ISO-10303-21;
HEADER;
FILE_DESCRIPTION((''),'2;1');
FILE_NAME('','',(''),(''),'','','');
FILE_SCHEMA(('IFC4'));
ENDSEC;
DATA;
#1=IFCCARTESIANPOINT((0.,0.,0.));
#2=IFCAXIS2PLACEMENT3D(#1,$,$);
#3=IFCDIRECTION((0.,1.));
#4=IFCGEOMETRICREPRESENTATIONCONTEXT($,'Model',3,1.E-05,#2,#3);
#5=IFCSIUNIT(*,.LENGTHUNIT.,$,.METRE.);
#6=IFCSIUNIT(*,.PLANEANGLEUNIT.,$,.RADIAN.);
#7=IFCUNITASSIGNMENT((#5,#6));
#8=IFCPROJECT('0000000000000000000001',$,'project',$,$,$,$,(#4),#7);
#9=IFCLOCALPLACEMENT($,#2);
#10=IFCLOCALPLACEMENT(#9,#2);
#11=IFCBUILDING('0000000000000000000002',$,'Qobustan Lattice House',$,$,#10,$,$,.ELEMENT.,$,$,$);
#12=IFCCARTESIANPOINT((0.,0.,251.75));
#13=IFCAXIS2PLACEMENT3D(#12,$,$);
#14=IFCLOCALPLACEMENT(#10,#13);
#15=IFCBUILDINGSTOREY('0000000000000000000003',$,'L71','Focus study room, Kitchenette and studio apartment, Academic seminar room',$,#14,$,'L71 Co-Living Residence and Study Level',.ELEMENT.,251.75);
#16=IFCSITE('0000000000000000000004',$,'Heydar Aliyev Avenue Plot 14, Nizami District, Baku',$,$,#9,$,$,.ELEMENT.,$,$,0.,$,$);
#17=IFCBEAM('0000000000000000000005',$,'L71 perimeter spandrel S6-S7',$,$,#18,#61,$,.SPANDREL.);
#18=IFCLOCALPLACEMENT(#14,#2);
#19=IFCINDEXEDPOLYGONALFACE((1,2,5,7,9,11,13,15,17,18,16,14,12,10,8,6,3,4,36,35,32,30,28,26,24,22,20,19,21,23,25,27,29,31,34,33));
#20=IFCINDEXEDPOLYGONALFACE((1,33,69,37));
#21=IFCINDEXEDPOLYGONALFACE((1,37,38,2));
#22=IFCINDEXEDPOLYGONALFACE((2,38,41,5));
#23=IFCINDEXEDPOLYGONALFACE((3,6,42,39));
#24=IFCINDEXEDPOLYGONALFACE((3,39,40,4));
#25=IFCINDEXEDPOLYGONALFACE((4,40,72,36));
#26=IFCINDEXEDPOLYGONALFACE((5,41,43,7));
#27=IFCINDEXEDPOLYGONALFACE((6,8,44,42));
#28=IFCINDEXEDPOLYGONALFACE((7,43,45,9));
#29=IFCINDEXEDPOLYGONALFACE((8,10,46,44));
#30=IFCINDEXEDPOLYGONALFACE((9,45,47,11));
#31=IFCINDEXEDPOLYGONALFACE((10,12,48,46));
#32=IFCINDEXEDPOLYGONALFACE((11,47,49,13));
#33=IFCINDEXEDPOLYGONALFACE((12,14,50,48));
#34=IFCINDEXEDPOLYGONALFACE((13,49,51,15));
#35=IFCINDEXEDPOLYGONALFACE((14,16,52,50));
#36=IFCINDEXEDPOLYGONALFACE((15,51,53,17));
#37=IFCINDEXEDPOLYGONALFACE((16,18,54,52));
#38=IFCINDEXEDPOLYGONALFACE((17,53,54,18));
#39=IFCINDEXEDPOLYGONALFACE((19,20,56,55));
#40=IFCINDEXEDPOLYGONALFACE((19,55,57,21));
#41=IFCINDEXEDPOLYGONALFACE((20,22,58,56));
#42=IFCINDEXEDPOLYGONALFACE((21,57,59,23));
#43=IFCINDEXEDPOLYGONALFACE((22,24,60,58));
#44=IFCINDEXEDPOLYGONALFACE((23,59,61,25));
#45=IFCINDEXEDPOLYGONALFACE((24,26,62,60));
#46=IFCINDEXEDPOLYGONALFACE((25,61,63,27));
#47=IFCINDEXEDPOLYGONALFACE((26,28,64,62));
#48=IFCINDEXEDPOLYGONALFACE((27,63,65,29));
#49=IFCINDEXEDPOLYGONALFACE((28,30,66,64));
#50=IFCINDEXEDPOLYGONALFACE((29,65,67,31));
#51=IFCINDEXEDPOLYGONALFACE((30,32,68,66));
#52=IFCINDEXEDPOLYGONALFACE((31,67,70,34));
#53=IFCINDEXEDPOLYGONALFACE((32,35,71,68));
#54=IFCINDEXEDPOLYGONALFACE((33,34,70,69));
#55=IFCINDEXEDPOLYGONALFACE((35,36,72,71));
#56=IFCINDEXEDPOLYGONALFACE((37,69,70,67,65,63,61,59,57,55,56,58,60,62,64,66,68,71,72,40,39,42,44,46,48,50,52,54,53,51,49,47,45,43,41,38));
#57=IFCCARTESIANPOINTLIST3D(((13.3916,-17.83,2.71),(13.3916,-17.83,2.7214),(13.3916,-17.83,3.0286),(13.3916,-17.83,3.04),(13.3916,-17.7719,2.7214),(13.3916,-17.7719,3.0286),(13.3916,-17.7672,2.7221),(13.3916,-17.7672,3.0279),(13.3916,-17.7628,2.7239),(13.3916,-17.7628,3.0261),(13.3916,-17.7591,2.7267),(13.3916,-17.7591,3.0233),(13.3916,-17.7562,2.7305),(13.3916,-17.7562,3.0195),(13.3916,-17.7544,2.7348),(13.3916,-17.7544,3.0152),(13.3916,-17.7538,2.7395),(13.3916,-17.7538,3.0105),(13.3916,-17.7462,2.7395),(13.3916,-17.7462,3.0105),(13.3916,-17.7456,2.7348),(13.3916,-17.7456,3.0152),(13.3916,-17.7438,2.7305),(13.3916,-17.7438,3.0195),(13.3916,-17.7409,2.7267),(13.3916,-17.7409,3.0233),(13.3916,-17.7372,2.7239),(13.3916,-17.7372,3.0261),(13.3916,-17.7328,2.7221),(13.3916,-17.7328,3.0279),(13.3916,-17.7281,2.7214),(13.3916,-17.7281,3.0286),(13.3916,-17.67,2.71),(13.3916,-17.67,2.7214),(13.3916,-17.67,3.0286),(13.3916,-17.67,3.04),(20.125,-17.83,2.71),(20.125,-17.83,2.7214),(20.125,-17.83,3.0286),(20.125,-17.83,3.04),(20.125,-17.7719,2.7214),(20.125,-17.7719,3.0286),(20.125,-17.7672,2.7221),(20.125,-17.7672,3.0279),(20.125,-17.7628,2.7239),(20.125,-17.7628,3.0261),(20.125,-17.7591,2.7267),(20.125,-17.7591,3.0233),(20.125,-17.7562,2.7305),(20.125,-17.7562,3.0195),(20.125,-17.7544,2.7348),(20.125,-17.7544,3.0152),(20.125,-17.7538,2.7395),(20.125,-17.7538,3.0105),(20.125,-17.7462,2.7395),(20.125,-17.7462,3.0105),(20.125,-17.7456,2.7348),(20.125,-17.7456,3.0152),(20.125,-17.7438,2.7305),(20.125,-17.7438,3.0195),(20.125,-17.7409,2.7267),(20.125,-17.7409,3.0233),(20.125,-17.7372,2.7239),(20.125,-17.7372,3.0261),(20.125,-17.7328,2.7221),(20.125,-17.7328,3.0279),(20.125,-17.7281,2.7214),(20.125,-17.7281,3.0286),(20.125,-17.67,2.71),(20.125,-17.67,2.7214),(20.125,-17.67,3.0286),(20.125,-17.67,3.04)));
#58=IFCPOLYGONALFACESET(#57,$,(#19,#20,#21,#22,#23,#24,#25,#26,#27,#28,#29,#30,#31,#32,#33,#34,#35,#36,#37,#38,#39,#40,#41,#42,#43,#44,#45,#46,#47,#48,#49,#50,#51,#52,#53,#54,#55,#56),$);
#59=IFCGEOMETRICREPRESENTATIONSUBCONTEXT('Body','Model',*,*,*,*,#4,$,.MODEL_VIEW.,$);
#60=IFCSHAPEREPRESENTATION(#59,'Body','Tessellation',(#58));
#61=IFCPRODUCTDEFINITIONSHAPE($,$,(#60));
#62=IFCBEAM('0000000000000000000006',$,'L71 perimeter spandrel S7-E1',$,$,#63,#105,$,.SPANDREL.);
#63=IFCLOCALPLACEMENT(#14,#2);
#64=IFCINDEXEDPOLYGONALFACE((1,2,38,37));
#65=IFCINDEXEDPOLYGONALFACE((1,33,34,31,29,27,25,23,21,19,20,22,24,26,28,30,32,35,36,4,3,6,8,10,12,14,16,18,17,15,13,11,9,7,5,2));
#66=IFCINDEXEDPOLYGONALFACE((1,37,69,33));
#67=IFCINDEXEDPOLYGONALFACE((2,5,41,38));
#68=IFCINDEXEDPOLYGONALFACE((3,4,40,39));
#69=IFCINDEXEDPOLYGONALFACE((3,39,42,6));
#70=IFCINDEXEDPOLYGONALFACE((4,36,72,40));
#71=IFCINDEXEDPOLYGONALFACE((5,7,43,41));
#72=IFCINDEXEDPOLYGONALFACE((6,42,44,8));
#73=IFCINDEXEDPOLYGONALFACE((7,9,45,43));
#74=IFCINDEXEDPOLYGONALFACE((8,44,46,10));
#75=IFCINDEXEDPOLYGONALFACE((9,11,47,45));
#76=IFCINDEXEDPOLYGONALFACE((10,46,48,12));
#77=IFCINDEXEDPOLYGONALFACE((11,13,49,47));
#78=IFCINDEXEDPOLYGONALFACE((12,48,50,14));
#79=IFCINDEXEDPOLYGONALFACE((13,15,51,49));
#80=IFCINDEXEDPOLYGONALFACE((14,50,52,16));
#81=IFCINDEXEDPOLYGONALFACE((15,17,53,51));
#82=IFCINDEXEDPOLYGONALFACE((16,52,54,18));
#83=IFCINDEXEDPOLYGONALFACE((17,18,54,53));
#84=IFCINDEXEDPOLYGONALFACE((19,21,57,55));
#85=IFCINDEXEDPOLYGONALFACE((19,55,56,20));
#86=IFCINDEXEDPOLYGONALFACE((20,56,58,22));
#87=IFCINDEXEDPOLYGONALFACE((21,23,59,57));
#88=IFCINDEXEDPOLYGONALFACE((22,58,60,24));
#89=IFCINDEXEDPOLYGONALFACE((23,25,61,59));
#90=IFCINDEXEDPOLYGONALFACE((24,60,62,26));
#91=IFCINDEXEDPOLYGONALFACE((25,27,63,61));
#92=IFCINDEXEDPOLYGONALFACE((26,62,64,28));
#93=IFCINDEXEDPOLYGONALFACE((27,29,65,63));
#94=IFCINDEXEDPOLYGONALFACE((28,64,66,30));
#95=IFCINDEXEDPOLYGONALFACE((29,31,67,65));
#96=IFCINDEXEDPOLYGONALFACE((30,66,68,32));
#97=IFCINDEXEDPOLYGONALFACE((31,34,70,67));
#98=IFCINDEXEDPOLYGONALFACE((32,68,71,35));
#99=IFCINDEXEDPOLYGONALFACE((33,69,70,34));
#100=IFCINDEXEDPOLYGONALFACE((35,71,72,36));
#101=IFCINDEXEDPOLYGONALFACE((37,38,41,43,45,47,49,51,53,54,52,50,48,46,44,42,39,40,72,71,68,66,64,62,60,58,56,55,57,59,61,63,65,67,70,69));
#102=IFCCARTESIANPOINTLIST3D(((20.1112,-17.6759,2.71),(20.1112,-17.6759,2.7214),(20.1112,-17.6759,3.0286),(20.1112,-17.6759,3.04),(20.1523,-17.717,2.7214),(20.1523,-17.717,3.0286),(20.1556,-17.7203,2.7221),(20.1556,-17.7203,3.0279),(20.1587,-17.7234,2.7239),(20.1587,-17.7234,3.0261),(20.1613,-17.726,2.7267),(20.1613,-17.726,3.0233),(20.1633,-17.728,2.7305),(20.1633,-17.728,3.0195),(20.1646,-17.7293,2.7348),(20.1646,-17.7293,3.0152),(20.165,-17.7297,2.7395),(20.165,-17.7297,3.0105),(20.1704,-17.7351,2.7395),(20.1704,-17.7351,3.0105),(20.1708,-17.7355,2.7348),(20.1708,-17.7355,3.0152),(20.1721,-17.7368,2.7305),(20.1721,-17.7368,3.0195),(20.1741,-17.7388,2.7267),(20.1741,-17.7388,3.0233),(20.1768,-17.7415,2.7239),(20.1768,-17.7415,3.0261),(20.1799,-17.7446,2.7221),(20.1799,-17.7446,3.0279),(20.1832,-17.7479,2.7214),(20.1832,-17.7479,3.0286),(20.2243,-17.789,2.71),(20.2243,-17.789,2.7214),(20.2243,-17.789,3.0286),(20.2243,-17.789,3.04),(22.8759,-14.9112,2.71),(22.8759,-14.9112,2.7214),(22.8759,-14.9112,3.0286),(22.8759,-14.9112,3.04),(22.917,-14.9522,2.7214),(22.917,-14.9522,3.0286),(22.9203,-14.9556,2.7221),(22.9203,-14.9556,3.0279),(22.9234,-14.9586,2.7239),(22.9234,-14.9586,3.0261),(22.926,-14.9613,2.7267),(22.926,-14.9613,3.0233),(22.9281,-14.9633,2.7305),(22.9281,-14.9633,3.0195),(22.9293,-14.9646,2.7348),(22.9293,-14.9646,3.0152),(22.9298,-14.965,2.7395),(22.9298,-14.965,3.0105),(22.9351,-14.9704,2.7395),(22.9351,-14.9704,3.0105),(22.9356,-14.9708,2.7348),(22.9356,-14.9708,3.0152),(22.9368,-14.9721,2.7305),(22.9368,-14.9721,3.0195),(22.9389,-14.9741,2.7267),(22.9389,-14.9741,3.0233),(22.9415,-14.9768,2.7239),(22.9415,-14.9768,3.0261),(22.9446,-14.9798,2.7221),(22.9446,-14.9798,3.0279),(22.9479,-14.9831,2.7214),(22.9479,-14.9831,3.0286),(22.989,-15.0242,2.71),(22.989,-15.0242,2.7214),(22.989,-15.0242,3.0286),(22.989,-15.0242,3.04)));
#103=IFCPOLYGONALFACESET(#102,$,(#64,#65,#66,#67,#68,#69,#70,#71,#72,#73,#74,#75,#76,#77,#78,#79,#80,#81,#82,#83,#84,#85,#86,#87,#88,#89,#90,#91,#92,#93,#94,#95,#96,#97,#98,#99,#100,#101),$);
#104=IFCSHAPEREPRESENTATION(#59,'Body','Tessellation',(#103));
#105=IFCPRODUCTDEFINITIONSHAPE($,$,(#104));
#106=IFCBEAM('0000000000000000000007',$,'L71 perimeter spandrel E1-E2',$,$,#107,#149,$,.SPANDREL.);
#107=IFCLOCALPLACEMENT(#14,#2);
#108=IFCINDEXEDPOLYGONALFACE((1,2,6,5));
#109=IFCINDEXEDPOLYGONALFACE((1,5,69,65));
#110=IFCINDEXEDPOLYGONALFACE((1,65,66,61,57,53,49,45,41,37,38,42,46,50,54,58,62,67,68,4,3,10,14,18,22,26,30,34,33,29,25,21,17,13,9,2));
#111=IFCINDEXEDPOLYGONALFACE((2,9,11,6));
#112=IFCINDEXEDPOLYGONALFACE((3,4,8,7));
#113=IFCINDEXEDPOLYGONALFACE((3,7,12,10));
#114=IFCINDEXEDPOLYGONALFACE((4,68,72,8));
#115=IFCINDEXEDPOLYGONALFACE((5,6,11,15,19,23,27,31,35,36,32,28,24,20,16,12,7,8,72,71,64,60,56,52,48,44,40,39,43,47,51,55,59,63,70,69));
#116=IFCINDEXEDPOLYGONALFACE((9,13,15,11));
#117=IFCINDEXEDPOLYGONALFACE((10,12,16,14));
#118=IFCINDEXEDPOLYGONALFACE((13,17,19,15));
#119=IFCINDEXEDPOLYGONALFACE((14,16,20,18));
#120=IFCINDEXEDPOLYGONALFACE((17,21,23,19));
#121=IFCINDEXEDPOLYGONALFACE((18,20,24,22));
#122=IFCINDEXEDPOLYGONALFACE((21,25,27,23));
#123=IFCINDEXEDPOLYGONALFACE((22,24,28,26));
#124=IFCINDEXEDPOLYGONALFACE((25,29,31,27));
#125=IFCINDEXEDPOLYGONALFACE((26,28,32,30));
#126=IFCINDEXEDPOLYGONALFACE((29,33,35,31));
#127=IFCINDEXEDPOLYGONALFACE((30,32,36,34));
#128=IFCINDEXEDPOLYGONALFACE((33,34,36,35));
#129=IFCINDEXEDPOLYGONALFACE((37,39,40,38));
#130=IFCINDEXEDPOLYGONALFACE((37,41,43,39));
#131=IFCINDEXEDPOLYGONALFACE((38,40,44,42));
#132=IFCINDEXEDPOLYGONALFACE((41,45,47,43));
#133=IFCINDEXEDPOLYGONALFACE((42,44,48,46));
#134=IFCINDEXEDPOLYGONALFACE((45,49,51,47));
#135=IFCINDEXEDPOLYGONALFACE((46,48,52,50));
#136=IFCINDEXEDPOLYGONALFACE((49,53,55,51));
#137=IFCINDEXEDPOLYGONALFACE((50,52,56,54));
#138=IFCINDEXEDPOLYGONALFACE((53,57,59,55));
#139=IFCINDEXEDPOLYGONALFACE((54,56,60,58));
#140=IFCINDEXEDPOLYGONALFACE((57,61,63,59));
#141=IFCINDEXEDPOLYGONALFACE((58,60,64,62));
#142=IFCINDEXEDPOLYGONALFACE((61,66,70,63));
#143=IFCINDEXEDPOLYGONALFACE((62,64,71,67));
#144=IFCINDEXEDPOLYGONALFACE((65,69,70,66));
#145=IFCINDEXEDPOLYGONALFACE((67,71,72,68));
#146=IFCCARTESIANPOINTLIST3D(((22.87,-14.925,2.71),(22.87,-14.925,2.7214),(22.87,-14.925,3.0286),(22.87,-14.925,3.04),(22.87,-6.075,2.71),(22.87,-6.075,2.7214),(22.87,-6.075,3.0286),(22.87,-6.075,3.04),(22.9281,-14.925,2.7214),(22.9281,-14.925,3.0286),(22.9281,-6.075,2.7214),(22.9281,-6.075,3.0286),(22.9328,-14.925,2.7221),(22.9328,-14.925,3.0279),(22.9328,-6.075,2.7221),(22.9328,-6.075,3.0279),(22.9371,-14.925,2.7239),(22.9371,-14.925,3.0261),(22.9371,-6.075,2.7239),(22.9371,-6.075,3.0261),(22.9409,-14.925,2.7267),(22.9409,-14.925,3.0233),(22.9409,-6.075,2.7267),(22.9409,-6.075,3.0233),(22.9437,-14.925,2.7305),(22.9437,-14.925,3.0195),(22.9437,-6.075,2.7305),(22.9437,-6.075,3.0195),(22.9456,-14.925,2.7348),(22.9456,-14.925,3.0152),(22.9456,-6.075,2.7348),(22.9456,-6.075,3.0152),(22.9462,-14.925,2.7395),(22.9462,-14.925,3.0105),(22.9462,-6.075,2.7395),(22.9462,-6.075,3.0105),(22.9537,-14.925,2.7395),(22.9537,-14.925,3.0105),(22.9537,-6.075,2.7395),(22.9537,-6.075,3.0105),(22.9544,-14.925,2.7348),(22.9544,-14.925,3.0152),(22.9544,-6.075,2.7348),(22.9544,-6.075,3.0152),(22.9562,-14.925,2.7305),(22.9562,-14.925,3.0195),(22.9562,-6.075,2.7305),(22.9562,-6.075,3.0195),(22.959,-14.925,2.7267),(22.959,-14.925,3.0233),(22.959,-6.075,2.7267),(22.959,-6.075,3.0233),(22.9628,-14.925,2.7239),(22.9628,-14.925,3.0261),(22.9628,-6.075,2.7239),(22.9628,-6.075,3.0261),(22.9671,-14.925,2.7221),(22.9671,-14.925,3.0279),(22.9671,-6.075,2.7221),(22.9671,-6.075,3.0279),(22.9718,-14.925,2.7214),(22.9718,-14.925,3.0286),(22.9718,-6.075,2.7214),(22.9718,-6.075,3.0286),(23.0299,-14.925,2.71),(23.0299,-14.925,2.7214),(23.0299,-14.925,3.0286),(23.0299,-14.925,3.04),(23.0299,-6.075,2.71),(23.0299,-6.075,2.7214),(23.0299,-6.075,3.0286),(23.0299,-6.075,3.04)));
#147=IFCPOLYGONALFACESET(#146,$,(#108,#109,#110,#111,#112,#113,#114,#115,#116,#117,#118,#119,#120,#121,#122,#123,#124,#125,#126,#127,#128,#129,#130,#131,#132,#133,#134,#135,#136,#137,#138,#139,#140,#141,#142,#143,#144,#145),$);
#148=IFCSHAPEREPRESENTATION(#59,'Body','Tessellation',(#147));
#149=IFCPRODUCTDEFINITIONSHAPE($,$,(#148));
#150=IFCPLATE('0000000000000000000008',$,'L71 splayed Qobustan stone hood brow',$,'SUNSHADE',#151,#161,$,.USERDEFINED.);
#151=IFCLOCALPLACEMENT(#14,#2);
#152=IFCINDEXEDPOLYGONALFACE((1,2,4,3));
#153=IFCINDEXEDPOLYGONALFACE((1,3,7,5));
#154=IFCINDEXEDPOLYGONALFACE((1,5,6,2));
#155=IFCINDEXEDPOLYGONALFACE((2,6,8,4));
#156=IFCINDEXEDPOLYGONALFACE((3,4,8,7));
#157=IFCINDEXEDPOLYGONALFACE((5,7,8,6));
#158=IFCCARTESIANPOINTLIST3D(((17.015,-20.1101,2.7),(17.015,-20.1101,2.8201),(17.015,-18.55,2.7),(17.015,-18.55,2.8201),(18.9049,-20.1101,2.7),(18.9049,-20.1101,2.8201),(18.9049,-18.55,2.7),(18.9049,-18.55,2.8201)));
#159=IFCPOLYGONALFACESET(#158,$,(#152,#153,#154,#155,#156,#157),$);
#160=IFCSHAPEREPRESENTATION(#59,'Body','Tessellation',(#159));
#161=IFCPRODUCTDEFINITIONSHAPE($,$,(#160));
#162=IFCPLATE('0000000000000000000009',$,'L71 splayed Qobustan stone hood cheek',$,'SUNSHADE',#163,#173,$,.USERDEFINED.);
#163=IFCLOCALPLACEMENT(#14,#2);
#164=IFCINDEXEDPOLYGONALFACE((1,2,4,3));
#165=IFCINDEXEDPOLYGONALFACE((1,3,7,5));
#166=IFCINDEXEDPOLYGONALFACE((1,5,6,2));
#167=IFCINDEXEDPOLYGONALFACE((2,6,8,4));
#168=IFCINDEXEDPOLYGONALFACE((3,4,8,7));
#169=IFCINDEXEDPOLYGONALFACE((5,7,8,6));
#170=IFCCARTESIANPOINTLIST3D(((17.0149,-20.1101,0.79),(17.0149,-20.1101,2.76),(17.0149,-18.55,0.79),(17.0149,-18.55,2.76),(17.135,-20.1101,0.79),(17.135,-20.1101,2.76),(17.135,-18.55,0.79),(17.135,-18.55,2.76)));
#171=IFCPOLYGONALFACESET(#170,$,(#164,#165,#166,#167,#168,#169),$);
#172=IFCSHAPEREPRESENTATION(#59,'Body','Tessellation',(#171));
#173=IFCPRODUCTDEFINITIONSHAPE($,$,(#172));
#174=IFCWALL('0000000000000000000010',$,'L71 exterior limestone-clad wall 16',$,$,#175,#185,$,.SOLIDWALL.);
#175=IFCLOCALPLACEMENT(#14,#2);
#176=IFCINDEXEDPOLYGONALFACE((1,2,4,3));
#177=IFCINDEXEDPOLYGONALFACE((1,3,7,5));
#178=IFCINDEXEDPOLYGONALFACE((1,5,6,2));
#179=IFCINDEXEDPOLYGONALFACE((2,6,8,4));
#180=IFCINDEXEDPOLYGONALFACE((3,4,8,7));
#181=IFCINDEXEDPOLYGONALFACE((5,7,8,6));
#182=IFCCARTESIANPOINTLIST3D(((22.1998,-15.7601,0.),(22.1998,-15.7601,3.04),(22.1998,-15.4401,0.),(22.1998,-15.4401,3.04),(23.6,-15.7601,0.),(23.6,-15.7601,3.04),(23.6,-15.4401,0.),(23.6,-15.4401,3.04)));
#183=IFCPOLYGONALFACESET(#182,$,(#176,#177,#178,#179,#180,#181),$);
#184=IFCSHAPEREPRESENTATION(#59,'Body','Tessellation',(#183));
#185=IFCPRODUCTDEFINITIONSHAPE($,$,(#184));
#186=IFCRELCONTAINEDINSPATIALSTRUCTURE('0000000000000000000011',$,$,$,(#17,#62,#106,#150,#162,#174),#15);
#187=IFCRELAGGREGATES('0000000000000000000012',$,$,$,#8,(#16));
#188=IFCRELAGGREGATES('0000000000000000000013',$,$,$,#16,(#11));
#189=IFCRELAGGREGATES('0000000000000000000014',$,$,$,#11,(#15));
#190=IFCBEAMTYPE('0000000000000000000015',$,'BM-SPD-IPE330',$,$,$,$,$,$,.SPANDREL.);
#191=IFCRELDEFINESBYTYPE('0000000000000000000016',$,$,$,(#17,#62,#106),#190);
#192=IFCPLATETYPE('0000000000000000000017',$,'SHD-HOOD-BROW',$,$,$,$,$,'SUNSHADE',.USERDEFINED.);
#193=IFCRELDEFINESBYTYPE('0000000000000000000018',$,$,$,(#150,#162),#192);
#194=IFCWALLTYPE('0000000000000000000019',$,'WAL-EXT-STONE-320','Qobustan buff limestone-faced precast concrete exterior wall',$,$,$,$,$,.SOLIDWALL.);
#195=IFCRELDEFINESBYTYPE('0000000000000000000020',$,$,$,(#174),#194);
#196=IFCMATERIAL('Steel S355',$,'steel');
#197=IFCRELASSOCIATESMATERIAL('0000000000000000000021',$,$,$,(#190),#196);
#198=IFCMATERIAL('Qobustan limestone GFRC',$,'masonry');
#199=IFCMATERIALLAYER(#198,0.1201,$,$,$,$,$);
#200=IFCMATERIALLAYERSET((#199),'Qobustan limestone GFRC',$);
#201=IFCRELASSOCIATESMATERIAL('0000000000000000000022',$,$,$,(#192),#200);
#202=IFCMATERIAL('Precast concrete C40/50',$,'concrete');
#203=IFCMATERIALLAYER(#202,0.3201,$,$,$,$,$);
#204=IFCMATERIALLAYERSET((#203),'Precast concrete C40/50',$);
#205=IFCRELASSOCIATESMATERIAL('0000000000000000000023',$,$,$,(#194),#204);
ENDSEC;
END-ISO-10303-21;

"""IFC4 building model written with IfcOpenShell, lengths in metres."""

from ifc_helpers import new_model, si_unit, direction, frame, frame_2d, origin, origin_2d, place, context, subcontext, project, spatial, rectangle, i_section, extrude, material, layer, layer_set, material_profile, profile_set, type_object, element, save


model = new_model("IFC4")

# Units and contexts
model_context = context("Model", 3, precision=1e-05, world=origin(), true_north=direction((0.0, 1.0)))
body_context = subcontext(model_context, "Body", "Model", "MODEL_VIEW")
ifc_project = project(units=[si_unit("LENGTHUNIT", "METRE"), si_unit("PLANEANGLEUNIT", "RADIAN")], contexts=[model_context])

# Site, building, storey
site_placement = place(None, origin())
site = spatial("IfcSite", under=ifc_project, at=site_placement, Name="Heydar Aliyev Avenue Plot 14, Nizami District, Baku", CompositionType="ELEMENT", RefElevation=0.0)
building_placement = place(site_placement, origin())
building = spatial("IfcBuilding", under=site, at=building_placement, Name="Qobustan Lattice House", CompositionType="ELEMENT")
storey_placement = place(building_placement, frame((0.0, 0.0, 251.75)))
storey = spatial("IfcBuildingStorey", under=building, at=storey_placement, Name="L71", Description="Focus study room, Kitchenette and studio apartment, Academic seminar room", LongName="L71 Co-Living Residence and Study Level", CompositionType="ELEMENT", Elevation=251.75)

# Beams
ifc_material_1 = material(Name="Steel S355", Category="steel")
ifc_material_profile_1 = material_profile(ifc_material_1, i_section(OverallWidth=0.1599, OverallDepth=0.3301, WebThickness=0.0076, FlangeThickness=0.0115, FilletRadius=0.0181, at=origin_2d()), Name="IPE330")
ifc_profile_set_1 = profile_set([ifc_material_profile_1], Name="Steel S355")
beam_type_1 = type_object("IfcBeamType", Name="BM-SPD-IPE330", PredefinedType="SPANDREL", material=ifc_profile_set_1)
beam_1_placement = place(storey_placement, frame((13.3916, -17.75, 2.875), z_axis=(1.0, 0.0, 0.0), x_axis=(0.0, 1.0, 0.0)))
element("IfcBeam", 1, at=beam_1_placement, inside=storey, type_object=beam_type_1, Name="L71 perimeter spandrel S6-S7", PredefinedType="SPANDREL", context=body_context, shape_type="SweptSolid", body=[
    extrude(i_section(OverallWidth=0.1599, OverallDepth=0.3301, WebThickness=0.0076, FlangeThickness=0.0115, FilletRadius=0.0181, at=origin_2d()), origin(), (0.0, 0.0, 1.0), 6.7334),
])
beam_2_placement = place(storey_placement, frame((20.1677, -17.7324, 2.875), z_axis=(0.707107, 0.707107, 0.0), x_axis=(-0.707107, 0.707107, 0.0)))
element("IfcBeam", 2, at=beam_2_placement, inside=storey, type_object=beam_type_1, Name="L71 perimeter spandrel S7-E1", PredefinedType="SPANDREL", context=body_context, shape_type="SweptSolid", body=[
    extrude(i_section(OverallWidth=0.1599, OverallDepth=0.3301, WebThickness=0.0076, FlangeThickness=0.0115, FilletRadius=0.0181, at=origin_2d()), origin(), (0.0, 0.0, 1.0), 3.9099),
])
beam_3_placement = place(storey_placement, frame((22.95, -14.925, 2.875), z_axis=(0.0, 1.0, 0.0), x_axis=(-1.0, 0.0, 0.0)))
element("IfcBeam", 3, at=beam_3_placement, inside=storey, type_object=beam_type_1, Name="L71 perimeter spandrel E1-E2", PredefinedType="SPANDREL", context=body_context, shape_type="SweptSolid", body=[
    extrude(i_section(OverallWidth=0.1599, OverallDepth=0.3301, WebThickness=0.0076, FlangeThickness=0.0115, FilletRadius=0.0181, at=origin_2d()), origin(), (0.0, 0.0, 1.0), 8.8501),
])

# Plates
ifc_material_2 = material(Name="Qobustan limestone GFRC", Category="masonry")
ifc_layer_1 = layer(ifc_material_2, 0.1201)
ifc_layer_set_1 = layer_set([ifc_layer_1], Name="Qobustan limestone GFRC")
plate_type = type_object("IfcPlateType", Name="SHD-HOOD-BROW", ElementType="SUNSHADE", PredefinedType="USERDEFINED", material=ifc_layer_set_1)
plate_1_placement = place(storey_placement, frame((17.96, -19.3301, 2.7), z_axis=(0.0, 0.0, 1.0), x_axis=(-1.0, 0.0, 0.0)))
element("IfcPlate", 4, at=plate_1_placement, inside=storey, type_object=plate_type, Name="L71 splayed Qobustan stone hood brow", ObjectType="SUNSHADE", PredefinedType="USERDEFINED", context=body_context, shape_type="SweptSolid", body=[
    extrude(rectangle(XDim=1.8899, YDim=1.5601, at=origin_2d()), origin(), (0.0, 0.0, 1.0), 0.1201),
])
plate_2_placement = place(storey_placement, frame((17.075, -19.3301, 0.79), z_axis=(0.0, 0.0, 1.0), x_axis=(-1.0, 0.0, 0.0)))
element("IfcPlate", 5, at=plate_2_placement, inside=storey, type_object=plate_type, Name="L71 splayed Qobustan stone hood cheek", ObjectType="SUNSHADE", PredefinedType="USERDEFINED", context=body_context, shape_type="SweptSolid", body=[
    extrude(rectangle(XDim=0.1201, YDim=1.5601, at=origin_2d()), origin(), (0.0, 0.0, 1.0), 1.97),
])

# Wall
ifc_material_3 = material(Name="Precast concrete C40/50", Category="concrete")
ifc_layer_2 = layer(ifc_material_3, 0.3201)
ifc_layer_set_2 = layer_set([ifc_layer_2], Name="Precast concrete C40/50")
wall_type = type_object("IfcWallType", Name="WAL-EXT-STONE-320", Description="Qobustan buff limestone-faced precast concrete exterior wall", PredefinedType="SOLIDWALL", material=ifc_layer_set_2)
wall_1_placement = place(storey_placement, frame((23.6001, -15.6001, 0.0), z_axis=(0.0, 0.0, 1.0), x_axis=(-1.0, 0.0, 0.0)))
element("IfcWall", 6, at=wall_1_placement, inside=storey, type_object=wall_type, Name="L71 exterior limestone-clad wall 16", PredefinedType="SOLIDWALL", context=body_context, shape_type="SweptSolid", body=[
    extrude(rectangle(XDim=1.4001, YDim=0.3201, at=frame_2d((0.7002, 0.0))), origin(), (0.0, 0.0, 1.0), 3.04),
])

save(model, "model.ifc")
